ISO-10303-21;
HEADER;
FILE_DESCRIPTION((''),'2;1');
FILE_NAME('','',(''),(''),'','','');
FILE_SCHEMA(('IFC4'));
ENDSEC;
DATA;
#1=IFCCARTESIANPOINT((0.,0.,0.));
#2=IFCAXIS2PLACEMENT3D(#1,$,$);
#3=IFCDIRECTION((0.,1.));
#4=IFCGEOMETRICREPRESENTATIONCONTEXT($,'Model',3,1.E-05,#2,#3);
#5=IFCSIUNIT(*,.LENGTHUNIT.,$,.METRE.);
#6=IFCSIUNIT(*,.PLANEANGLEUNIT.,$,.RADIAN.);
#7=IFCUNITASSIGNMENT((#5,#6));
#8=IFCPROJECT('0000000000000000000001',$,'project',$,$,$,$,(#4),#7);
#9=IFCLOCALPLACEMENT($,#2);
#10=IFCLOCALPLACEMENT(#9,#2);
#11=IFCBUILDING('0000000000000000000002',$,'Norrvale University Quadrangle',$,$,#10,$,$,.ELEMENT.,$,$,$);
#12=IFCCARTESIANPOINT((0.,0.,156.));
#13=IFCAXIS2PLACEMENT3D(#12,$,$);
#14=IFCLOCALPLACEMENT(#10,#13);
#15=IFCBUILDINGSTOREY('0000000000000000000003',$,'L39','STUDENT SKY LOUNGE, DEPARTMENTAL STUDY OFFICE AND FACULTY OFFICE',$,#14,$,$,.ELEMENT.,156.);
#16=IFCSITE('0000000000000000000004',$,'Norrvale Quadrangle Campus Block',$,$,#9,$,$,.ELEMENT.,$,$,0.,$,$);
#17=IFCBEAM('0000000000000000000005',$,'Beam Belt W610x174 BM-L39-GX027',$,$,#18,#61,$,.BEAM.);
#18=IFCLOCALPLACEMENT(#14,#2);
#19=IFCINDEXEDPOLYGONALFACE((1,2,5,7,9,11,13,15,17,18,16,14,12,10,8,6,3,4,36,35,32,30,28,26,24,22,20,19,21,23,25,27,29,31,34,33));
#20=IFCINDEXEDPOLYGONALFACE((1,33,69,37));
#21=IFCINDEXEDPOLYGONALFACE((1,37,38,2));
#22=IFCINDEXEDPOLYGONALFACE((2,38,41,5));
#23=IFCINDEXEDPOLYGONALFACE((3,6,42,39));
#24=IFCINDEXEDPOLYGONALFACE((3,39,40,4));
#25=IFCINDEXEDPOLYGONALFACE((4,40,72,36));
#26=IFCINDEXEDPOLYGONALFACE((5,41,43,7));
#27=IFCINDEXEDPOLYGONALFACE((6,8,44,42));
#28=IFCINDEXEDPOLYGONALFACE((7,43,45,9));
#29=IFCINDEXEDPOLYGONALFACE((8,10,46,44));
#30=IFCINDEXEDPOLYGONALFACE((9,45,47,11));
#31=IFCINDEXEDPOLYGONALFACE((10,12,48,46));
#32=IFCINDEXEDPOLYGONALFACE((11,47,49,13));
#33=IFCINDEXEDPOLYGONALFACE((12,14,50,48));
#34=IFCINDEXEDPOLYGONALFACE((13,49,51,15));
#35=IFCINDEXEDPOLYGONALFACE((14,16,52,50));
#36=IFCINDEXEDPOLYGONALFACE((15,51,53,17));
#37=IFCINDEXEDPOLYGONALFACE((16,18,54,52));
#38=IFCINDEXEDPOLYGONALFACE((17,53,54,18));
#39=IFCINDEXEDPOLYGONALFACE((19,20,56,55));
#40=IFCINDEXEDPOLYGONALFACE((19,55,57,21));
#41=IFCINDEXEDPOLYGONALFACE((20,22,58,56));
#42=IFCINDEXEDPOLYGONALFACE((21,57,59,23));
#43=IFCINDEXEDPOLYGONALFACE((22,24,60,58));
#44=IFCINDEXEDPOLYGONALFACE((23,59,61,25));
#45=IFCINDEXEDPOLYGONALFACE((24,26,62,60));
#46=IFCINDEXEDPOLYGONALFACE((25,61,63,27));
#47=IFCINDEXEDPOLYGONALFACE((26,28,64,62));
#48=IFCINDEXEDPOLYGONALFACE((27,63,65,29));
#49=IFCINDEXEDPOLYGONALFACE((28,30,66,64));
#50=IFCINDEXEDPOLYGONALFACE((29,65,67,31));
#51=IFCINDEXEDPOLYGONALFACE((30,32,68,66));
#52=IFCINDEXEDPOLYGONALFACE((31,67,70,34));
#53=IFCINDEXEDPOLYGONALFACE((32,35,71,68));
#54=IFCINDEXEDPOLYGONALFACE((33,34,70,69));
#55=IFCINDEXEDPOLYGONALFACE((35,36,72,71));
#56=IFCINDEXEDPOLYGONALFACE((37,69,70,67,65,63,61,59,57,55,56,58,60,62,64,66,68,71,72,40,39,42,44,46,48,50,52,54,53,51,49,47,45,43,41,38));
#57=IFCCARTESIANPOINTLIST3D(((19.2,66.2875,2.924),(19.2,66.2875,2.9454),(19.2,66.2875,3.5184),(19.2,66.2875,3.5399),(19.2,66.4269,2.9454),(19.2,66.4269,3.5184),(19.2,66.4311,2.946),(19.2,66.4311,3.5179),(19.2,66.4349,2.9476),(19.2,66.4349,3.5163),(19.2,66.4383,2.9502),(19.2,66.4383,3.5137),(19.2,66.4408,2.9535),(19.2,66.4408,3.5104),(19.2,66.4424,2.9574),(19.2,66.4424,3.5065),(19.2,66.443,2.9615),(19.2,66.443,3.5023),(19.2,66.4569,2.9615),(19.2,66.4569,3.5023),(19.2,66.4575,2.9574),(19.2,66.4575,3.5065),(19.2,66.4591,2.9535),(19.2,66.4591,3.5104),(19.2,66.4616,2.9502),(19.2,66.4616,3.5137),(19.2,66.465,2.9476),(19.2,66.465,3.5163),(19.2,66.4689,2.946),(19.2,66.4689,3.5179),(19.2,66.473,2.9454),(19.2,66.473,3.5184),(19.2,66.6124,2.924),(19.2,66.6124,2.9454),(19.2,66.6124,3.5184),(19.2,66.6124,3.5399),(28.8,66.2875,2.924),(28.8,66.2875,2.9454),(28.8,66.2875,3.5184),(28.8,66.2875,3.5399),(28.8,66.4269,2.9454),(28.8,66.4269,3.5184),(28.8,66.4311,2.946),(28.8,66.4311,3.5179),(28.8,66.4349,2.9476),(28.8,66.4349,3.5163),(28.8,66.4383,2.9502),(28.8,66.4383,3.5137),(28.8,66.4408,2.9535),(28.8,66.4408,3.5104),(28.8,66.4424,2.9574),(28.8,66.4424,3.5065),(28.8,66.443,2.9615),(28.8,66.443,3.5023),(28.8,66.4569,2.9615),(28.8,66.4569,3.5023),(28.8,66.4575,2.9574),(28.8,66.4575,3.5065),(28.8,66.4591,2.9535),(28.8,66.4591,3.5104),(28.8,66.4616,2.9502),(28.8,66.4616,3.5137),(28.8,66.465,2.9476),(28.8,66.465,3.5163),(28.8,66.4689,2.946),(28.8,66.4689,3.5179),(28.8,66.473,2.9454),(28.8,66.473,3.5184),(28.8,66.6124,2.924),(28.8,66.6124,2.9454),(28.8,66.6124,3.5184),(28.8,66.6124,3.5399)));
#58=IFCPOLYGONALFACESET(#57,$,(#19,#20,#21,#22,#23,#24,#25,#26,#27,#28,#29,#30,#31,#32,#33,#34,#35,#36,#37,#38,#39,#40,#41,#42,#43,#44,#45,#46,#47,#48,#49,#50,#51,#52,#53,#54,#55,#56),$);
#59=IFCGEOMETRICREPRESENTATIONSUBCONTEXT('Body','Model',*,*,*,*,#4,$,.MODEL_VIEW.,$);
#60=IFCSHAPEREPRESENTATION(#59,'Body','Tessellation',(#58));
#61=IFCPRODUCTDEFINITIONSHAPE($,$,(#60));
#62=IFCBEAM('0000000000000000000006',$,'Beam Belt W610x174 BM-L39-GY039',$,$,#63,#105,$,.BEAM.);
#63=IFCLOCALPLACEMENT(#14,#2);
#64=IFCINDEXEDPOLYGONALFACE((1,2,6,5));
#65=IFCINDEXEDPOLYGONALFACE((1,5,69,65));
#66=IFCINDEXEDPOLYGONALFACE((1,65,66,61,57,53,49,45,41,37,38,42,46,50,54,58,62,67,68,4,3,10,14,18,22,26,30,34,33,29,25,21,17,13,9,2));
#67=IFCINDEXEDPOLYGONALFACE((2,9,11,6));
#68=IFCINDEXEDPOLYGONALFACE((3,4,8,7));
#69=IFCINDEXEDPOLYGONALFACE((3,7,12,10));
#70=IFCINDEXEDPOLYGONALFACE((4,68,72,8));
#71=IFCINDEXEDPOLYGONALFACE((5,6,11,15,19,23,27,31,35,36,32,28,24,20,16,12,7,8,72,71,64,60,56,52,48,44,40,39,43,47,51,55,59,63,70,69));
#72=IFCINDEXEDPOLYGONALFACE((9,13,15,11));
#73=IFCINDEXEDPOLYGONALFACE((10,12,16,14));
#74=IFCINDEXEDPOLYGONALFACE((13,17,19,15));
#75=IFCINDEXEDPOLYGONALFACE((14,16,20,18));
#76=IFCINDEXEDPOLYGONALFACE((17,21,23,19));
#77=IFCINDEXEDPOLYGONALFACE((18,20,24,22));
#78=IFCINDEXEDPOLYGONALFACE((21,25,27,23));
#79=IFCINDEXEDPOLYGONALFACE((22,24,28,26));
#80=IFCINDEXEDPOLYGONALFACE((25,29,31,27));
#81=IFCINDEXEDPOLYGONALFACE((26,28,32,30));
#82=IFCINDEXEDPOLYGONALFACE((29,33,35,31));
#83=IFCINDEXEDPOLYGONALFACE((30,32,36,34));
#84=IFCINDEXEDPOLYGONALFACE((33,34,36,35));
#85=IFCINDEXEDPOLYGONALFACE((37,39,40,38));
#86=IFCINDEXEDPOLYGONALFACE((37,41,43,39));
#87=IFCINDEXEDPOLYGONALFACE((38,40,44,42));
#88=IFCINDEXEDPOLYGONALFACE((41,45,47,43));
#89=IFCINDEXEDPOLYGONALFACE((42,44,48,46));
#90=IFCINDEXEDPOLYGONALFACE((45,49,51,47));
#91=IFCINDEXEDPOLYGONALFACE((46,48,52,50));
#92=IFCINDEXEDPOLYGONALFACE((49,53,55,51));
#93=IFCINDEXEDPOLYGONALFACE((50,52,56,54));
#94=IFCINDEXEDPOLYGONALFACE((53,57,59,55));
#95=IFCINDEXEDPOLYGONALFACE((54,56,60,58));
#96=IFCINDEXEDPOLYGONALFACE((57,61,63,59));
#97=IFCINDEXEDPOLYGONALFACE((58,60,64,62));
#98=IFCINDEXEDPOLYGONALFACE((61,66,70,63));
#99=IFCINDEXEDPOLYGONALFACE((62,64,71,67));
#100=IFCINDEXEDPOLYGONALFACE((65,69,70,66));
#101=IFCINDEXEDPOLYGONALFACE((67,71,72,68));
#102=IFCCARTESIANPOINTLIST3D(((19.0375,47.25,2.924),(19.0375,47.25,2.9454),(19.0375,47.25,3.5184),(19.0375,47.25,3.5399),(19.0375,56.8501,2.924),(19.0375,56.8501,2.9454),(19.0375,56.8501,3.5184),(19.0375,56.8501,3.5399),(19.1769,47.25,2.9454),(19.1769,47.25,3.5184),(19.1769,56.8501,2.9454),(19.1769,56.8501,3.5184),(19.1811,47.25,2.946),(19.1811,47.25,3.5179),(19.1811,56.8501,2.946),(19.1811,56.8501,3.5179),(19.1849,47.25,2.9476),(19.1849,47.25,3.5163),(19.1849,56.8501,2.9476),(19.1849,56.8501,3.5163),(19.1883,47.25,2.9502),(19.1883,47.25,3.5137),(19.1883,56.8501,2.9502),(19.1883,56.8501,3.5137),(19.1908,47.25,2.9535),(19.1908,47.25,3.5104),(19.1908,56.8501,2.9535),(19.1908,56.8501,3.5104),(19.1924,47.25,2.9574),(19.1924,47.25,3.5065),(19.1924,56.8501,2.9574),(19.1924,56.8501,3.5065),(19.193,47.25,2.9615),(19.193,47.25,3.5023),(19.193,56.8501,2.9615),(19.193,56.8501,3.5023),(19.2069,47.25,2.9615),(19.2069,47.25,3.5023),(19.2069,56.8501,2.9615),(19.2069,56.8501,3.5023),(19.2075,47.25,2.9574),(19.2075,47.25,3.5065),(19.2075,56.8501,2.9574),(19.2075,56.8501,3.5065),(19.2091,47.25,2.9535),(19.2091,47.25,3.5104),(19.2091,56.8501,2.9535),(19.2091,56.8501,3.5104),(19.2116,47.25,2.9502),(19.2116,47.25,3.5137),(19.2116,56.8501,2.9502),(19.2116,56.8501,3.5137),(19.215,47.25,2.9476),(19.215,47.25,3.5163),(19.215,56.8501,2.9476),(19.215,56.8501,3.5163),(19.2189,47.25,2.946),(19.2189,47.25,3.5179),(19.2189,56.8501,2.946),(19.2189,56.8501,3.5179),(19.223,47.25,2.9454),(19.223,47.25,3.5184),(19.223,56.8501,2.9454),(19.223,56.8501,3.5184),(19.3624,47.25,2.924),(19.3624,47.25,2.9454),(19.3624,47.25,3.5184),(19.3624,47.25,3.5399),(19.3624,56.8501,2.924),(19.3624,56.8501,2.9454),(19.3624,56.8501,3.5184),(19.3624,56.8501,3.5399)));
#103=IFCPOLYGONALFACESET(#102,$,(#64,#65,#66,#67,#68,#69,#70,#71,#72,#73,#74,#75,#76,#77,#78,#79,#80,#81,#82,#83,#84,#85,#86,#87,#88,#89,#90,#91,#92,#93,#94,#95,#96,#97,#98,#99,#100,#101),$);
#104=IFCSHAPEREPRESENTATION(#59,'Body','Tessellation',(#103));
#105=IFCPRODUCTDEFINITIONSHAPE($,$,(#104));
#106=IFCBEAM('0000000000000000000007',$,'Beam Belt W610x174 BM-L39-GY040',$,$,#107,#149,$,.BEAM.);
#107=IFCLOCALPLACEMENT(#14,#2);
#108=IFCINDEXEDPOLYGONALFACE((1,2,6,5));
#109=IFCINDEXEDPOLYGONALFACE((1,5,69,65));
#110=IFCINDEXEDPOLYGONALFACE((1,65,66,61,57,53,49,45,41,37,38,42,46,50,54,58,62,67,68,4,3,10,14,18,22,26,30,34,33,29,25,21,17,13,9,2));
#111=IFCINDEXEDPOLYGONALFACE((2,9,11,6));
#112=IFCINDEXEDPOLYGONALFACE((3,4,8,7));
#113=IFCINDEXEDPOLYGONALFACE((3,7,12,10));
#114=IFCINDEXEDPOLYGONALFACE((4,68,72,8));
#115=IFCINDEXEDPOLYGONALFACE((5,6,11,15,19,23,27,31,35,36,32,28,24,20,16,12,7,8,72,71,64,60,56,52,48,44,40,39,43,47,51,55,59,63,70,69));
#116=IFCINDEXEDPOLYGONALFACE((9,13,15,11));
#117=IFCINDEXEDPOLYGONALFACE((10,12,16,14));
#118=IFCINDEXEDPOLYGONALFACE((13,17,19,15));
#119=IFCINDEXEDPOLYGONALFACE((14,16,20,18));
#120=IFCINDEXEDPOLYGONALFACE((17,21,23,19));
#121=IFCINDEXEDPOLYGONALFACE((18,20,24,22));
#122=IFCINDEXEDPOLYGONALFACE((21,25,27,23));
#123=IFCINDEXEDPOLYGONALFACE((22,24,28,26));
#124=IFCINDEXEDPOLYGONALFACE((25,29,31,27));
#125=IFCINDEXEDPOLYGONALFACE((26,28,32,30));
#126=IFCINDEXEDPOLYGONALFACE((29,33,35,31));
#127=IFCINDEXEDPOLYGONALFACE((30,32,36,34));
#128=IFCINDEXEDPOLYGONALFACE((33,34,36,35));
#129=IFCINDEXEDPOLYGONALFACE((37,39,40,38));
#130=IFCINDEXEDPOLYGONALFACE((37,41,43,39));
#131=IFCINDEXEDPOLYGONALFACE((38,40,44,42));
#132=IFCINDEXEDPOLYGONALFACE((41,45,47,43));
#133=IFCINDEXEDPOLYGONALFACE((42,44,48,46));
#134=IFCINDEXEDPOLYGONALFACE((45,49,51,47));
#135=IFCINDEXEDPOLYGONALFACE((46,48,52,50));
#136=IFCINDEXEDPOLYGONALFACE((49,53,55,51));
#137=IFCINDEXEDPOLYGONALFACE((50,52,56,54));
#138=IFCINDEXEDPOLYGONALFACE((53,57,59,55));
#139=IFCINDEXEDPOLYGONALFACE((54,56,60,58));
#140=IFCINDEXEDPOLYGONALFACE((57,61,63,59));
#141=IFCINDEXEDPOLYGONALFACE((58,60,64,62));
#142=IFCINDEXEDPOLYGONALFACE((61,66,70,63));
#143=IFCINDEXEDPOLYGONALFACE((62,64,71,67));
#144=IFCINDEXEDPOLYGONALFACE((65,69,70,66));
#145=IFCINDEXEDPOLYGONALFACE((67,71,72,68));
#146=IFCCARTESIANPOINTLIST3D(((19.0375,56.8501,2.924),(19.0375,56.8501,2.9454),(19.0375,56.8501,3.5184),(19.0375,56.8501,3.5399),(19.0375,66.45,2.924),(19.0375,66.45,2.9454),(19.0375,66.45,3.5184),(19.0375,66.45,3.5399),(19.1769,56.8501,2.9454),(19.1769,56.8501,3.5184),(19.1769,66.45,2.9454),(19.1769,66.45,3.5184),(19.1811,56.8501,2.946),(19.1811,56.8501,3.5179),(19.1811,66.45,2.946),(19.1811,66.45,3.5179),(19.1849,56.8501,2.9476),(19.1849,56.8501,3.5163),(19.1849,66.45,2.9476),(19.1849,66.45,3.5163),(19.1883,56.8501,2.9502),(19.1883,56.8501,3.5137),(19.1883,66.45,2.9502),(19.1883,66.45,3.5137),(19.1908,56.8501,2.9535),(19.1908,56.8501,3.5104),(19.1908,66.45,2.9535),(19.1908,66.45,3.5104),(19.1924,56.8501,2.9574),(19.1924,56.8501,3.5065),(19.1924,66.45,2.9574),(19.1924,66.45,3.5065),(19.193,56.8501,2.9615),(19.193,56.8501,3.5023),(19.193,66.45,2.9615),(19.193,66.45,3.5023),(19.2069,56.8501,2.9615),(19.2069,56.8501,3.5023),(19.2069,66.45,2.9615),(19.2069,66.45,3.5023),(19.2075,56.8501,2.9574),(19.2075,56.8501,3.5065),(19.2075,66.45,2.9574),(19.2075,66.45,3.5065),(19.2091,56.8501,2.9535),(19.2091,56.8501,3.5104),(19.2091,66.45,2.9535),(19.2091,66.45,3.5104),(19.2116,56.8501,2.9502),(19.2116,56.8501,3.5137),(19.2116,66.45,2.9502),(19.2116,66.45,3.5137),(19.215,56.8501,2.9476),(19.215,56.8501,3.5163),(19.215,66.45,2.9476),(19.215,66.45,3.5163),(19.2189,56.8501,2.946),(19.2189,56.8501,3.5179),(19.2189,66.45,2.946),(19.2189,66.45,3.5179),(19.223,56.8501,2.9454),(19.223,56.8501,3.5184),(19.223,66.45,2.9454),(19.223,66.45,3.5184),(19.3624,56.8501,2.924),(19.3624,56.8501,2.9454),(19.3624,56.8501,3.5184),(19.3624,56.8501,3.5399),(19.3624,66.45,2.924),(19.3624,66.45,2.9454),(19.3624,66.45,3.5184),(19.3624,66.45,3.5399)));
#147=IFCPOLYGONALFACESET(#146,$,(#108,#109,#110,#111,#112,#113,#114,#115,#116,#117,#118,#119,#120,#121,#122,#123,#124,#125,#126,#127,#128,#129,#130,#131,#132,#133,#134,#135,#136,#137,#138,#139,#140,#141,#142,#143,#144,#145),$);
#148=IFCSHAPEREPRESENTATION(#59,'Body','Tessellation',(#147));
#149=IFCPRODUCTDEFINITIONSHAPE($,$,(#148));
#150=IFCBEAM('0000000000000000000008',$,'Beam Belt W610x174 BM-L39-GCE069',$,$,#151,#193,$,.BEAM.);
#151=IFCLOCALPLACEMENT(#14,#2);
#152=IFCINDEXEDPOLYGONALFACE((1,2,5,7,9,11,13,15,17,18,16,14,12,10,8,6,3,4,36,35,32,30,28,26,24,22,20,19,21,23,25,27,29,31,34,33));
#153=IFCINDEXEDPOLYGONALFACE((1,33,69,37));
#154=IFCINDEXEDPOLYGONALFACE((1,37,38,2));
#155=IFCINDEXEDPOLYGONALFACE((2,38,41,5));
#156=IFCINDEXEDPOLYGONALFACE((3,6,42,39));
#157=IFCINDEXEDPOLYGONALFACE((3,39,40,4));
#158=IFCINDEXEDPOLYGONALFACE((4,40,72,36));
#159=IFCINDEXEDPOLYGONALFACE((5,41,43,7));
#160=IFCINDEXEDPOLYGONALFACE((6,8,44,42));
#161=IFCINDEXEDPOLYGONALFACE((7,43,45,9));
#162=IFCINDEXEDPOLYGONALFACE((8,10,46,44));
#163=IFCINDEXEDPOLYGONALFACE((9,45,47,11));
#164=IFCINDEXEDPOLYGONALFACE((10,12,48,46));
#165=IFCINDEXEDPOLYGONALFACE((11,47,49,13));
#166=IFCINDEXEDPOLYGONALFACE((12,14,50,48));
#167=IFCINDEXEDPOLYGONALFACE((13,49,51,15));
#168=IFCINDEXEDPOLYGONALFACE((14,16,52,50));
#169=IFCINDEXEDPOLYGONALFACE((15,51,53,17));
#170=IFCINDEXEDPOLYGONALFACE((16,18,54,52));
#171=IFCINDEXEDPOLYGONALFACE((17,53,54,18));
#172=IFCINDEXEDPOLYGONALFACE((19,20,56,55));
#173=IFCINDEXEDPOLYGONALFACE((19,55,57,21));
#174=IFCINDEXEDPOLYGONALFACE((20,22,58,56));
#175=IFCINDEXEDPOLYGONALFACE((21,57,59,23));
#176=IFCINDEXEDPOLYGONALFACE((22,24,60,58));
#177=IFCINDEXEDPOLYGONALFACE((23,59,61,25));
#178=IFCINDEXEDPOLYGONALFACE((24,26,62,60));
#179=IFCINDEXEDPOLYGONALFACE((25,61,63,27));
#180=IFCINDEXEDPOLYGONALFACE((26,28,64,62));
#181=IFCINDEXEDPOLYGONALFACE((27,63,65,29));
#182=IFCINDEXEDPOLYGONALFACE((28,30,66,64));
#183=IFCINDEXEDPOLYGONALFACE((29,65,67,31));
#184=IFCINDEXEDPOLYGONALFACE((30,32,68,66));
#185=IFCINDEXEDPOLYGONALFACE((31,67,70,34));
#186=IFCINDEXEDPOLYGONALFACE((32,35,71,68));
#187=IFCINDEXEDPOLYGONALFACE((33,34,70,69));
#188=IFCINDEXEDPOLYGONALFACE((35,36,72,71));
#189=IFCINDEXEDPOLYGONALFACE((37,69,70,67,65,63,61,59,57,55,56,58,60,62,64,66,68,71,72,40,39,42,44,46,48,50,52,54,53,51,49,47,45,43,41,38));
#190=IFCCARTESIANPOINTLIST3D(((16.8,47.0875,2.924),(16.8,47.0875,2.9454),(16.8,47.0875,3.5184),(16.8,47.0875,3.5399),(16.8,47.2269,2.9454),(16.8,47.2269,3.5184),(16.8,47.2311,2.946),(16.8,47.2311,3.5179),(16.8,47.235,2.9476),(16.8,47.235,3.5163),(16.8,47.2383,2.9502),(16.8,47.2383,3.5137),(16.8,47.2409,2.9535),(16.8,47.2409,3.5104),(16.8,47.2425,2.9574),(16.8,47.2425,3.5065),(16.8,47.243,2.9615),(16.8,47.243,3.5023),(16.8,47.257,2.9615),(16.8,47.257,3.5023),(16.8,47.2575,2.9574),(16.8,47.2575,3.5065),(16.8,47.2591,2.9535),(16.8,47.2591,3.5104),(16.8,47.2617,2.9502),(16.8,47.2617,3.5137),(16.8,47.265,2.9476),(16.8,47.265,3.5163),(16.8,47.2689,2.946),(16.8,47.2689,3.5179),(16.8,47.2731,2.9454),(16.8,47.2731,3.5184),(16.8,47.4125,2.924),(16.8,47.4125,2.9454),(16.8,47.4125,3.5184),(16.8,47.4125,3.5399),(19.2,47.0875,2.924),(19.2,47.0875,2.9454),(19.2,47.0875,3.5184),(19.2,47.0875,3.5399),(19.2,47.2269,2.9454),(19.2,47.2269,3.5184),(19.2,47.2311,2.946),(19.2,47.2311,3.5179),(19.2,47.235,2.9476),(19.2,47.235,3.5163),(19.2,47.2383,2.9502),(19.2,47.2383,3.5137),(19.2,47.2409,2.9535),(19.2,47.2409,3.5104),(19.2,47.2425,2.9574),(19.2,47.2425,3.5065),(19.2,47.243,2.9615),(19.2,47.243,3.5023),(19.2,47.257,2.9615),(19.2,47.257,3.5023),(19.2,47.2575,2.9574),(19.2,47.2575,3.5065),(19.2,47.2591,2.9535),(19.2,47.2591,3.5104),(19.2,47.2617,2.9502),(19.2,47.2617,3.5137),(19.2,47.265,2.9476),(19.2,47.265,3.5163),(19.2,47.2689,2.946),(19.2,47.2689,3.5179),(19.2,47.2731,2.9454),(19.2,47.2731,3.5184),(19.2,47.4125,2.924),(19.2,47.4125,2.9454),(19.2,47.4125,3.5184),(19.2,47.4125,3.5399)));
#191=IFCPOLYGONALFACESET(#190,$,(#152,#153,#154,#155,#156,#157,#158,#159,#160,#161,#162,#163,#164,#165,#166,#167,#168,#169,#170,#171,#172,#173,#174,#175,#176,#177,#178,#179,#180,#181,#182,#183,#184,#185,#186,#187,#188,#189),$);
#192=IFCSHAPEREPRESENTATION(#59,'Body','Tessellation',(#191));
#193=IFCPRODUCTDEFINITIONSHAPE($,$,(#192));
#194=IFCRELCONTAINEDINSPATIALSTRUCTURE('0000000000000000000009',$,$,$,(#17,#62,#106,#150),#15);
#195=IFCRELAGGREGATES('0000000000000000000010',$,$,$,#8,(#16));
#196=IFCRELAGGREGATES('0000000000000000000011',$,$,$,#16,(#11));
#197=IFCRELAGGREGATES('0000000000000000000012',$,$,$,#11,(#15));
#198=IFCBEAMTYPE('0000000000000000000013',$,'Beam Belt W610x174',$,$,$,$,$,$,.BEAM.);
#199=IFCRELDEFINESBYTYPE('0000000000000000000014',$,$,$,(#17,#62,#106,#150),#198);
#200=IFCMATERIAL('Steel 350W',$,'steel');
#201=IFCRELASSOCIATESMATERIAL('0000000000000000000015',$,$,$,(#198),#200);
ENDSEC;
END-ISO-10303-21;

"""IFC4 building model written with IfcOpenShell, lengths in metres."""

from ifc_helpers import new_model, si_unit, direction, frame, origin, origin_2d, place, context, subcontext, project, spatial, i_section, extrude, material, material_profile, profile_set, type_object, element, save


model = new_model("IFC4")

# Units and contexts
model_context = context("Model", 3, precision=1e-05, world=origin(), true_north=direction((0.0, 1.0)))
body_context = subcontext(model_context, "Body", "Model", "MODEL_VIEW")
ifc_project = project(units=[si_unit("LENGTHUNIT", "METRE"), si_unit("PLANEANGLEUNIT", "RADIAN")], contexts=[model_context])

# Site, building, storey
site_placement = place(None, origin())
site = spatial("IfcSite", under=ifc_project, at=site_placement, Name="Norrvale Quadrangle Campus Block", CompositionType="ELEMENT", RefElevation=0.0)
building_placement = place(site_placement, origin())
building = spatial("IfcBuilding", under=site, at=building_placement, Name="Norrvale University Quadrangle", CompositionType="ELEMENT")
storey_placement = place(building_placement, frame((0.0, 0.0, 156.0)))
storey = spatial("IfcBuildingStorey", under=building, at=storey_placement, Name="L39", Description="STUDENT SKY LOUNGE, DEPARTMENTAL STUDY OFFICE AND FACULTY OFFICE", CompositionType="ELEMENT", Elevation=156.0)

# Beams
ifc_material_1 = material(Name="Steel 350W", Category="steel")
ifc_material_profile_1 = material_profile(ifc_material_1, i_section(OverallWidth=0.325, OverallDepth=0.616, WebThickness=0.0139, FlangeThickness=0.0215, FilletRadius=0.0161, at=origin_2d()), Name="Steel 350W")
ifc_profile_set_1 = profile_set([ifc_material_profile_1], Name="Steel 350W")
beam_type_1 = type_object("IfcBeamType", Name="Beam Belt W610x174", PredefinedType="BEAM", material=ifc_profile_set_1)
for number, where, z_axis, x_axis, name in (
    (1, (19.2, 66.45, 3.2319), (1.0, 0.0, 0.0), (0.0, 1.0, 0.0), "Beam Belt W610x174 BM-L39-GX027"),
    (2, (19.2, 47.25, 3.2319), (0.0, 1.0, 0.0), (-1.0, 0.0, 0.0), "Beam Belt W610x174 BM-L39-GY039"),
):
    element("IfcBeam", number, at=place(storey_placement, frame(where, z_axis=z_axis, x_axis=x_axis)), inside=storey, type_object=beam_type_1, Name=name, PredefinedType="BEAM", context=body_context, shape_type="SweptSolid", body=[
        extrude(i_section(OverallWidth=0.325, OverallDepth=0.616, WebThickness=0.0139, FlangeThickness=0.0215, FilletRadius=0.0161, at=origin_2d()), origin(), (0.0, 0.0, 1.0), 9.6001),
    ])
beam_1_placement = place(storey_placement, frame((19.2, 56.8501, 3.2319), z_axis=(0.0, 1.0, 0.0), x_axis=(-1.0, 0.0, 0.0)))
element("IfcBeam", 3, at=beam_1_placement, inside=storey, type_object=beam_type_1, Name="Beam Belt W610x174 BM-L39-GY040", PredefinedType="BEAM", context=body_context, shape_type="SweptSolid", body=[
    extrude(i_section(OverallWidth=0.325, OverallDepth=0.616, WebThickness=0.0139, FlangeThickness=0.0215, FilletRadius=0.0161, at=origin_2d()), origin(), (0.0, 0.0, 1.0), 9.5999),
])
beam_2_placement = place(storey_placement, frame((16.8, 47.25, 3.2319), z_axis=(1.0, 0.0, 0.0), x_axis=(0.0, 1.0, 0.0)))
element("IfcBeam", 4, at=beam_2_placement, inside=storey, type_object=beam_type_1, Name="Beam Belt W610x174 BM-L39-GCE069", PredefinedType="BEAM", context=body_context, shape_type="SweptSolid", body=[
    extrude(i_section(OverallWidth=0.325, OverallDepth=0.616, WebThickness=0.0139, FlangeThickness=0.0215, FilletRadius=0.0161, at=origin_2d()), origin(), (0.0, 0.0, 1.0), 2.3999),
])

save(model, "model.ifc")
